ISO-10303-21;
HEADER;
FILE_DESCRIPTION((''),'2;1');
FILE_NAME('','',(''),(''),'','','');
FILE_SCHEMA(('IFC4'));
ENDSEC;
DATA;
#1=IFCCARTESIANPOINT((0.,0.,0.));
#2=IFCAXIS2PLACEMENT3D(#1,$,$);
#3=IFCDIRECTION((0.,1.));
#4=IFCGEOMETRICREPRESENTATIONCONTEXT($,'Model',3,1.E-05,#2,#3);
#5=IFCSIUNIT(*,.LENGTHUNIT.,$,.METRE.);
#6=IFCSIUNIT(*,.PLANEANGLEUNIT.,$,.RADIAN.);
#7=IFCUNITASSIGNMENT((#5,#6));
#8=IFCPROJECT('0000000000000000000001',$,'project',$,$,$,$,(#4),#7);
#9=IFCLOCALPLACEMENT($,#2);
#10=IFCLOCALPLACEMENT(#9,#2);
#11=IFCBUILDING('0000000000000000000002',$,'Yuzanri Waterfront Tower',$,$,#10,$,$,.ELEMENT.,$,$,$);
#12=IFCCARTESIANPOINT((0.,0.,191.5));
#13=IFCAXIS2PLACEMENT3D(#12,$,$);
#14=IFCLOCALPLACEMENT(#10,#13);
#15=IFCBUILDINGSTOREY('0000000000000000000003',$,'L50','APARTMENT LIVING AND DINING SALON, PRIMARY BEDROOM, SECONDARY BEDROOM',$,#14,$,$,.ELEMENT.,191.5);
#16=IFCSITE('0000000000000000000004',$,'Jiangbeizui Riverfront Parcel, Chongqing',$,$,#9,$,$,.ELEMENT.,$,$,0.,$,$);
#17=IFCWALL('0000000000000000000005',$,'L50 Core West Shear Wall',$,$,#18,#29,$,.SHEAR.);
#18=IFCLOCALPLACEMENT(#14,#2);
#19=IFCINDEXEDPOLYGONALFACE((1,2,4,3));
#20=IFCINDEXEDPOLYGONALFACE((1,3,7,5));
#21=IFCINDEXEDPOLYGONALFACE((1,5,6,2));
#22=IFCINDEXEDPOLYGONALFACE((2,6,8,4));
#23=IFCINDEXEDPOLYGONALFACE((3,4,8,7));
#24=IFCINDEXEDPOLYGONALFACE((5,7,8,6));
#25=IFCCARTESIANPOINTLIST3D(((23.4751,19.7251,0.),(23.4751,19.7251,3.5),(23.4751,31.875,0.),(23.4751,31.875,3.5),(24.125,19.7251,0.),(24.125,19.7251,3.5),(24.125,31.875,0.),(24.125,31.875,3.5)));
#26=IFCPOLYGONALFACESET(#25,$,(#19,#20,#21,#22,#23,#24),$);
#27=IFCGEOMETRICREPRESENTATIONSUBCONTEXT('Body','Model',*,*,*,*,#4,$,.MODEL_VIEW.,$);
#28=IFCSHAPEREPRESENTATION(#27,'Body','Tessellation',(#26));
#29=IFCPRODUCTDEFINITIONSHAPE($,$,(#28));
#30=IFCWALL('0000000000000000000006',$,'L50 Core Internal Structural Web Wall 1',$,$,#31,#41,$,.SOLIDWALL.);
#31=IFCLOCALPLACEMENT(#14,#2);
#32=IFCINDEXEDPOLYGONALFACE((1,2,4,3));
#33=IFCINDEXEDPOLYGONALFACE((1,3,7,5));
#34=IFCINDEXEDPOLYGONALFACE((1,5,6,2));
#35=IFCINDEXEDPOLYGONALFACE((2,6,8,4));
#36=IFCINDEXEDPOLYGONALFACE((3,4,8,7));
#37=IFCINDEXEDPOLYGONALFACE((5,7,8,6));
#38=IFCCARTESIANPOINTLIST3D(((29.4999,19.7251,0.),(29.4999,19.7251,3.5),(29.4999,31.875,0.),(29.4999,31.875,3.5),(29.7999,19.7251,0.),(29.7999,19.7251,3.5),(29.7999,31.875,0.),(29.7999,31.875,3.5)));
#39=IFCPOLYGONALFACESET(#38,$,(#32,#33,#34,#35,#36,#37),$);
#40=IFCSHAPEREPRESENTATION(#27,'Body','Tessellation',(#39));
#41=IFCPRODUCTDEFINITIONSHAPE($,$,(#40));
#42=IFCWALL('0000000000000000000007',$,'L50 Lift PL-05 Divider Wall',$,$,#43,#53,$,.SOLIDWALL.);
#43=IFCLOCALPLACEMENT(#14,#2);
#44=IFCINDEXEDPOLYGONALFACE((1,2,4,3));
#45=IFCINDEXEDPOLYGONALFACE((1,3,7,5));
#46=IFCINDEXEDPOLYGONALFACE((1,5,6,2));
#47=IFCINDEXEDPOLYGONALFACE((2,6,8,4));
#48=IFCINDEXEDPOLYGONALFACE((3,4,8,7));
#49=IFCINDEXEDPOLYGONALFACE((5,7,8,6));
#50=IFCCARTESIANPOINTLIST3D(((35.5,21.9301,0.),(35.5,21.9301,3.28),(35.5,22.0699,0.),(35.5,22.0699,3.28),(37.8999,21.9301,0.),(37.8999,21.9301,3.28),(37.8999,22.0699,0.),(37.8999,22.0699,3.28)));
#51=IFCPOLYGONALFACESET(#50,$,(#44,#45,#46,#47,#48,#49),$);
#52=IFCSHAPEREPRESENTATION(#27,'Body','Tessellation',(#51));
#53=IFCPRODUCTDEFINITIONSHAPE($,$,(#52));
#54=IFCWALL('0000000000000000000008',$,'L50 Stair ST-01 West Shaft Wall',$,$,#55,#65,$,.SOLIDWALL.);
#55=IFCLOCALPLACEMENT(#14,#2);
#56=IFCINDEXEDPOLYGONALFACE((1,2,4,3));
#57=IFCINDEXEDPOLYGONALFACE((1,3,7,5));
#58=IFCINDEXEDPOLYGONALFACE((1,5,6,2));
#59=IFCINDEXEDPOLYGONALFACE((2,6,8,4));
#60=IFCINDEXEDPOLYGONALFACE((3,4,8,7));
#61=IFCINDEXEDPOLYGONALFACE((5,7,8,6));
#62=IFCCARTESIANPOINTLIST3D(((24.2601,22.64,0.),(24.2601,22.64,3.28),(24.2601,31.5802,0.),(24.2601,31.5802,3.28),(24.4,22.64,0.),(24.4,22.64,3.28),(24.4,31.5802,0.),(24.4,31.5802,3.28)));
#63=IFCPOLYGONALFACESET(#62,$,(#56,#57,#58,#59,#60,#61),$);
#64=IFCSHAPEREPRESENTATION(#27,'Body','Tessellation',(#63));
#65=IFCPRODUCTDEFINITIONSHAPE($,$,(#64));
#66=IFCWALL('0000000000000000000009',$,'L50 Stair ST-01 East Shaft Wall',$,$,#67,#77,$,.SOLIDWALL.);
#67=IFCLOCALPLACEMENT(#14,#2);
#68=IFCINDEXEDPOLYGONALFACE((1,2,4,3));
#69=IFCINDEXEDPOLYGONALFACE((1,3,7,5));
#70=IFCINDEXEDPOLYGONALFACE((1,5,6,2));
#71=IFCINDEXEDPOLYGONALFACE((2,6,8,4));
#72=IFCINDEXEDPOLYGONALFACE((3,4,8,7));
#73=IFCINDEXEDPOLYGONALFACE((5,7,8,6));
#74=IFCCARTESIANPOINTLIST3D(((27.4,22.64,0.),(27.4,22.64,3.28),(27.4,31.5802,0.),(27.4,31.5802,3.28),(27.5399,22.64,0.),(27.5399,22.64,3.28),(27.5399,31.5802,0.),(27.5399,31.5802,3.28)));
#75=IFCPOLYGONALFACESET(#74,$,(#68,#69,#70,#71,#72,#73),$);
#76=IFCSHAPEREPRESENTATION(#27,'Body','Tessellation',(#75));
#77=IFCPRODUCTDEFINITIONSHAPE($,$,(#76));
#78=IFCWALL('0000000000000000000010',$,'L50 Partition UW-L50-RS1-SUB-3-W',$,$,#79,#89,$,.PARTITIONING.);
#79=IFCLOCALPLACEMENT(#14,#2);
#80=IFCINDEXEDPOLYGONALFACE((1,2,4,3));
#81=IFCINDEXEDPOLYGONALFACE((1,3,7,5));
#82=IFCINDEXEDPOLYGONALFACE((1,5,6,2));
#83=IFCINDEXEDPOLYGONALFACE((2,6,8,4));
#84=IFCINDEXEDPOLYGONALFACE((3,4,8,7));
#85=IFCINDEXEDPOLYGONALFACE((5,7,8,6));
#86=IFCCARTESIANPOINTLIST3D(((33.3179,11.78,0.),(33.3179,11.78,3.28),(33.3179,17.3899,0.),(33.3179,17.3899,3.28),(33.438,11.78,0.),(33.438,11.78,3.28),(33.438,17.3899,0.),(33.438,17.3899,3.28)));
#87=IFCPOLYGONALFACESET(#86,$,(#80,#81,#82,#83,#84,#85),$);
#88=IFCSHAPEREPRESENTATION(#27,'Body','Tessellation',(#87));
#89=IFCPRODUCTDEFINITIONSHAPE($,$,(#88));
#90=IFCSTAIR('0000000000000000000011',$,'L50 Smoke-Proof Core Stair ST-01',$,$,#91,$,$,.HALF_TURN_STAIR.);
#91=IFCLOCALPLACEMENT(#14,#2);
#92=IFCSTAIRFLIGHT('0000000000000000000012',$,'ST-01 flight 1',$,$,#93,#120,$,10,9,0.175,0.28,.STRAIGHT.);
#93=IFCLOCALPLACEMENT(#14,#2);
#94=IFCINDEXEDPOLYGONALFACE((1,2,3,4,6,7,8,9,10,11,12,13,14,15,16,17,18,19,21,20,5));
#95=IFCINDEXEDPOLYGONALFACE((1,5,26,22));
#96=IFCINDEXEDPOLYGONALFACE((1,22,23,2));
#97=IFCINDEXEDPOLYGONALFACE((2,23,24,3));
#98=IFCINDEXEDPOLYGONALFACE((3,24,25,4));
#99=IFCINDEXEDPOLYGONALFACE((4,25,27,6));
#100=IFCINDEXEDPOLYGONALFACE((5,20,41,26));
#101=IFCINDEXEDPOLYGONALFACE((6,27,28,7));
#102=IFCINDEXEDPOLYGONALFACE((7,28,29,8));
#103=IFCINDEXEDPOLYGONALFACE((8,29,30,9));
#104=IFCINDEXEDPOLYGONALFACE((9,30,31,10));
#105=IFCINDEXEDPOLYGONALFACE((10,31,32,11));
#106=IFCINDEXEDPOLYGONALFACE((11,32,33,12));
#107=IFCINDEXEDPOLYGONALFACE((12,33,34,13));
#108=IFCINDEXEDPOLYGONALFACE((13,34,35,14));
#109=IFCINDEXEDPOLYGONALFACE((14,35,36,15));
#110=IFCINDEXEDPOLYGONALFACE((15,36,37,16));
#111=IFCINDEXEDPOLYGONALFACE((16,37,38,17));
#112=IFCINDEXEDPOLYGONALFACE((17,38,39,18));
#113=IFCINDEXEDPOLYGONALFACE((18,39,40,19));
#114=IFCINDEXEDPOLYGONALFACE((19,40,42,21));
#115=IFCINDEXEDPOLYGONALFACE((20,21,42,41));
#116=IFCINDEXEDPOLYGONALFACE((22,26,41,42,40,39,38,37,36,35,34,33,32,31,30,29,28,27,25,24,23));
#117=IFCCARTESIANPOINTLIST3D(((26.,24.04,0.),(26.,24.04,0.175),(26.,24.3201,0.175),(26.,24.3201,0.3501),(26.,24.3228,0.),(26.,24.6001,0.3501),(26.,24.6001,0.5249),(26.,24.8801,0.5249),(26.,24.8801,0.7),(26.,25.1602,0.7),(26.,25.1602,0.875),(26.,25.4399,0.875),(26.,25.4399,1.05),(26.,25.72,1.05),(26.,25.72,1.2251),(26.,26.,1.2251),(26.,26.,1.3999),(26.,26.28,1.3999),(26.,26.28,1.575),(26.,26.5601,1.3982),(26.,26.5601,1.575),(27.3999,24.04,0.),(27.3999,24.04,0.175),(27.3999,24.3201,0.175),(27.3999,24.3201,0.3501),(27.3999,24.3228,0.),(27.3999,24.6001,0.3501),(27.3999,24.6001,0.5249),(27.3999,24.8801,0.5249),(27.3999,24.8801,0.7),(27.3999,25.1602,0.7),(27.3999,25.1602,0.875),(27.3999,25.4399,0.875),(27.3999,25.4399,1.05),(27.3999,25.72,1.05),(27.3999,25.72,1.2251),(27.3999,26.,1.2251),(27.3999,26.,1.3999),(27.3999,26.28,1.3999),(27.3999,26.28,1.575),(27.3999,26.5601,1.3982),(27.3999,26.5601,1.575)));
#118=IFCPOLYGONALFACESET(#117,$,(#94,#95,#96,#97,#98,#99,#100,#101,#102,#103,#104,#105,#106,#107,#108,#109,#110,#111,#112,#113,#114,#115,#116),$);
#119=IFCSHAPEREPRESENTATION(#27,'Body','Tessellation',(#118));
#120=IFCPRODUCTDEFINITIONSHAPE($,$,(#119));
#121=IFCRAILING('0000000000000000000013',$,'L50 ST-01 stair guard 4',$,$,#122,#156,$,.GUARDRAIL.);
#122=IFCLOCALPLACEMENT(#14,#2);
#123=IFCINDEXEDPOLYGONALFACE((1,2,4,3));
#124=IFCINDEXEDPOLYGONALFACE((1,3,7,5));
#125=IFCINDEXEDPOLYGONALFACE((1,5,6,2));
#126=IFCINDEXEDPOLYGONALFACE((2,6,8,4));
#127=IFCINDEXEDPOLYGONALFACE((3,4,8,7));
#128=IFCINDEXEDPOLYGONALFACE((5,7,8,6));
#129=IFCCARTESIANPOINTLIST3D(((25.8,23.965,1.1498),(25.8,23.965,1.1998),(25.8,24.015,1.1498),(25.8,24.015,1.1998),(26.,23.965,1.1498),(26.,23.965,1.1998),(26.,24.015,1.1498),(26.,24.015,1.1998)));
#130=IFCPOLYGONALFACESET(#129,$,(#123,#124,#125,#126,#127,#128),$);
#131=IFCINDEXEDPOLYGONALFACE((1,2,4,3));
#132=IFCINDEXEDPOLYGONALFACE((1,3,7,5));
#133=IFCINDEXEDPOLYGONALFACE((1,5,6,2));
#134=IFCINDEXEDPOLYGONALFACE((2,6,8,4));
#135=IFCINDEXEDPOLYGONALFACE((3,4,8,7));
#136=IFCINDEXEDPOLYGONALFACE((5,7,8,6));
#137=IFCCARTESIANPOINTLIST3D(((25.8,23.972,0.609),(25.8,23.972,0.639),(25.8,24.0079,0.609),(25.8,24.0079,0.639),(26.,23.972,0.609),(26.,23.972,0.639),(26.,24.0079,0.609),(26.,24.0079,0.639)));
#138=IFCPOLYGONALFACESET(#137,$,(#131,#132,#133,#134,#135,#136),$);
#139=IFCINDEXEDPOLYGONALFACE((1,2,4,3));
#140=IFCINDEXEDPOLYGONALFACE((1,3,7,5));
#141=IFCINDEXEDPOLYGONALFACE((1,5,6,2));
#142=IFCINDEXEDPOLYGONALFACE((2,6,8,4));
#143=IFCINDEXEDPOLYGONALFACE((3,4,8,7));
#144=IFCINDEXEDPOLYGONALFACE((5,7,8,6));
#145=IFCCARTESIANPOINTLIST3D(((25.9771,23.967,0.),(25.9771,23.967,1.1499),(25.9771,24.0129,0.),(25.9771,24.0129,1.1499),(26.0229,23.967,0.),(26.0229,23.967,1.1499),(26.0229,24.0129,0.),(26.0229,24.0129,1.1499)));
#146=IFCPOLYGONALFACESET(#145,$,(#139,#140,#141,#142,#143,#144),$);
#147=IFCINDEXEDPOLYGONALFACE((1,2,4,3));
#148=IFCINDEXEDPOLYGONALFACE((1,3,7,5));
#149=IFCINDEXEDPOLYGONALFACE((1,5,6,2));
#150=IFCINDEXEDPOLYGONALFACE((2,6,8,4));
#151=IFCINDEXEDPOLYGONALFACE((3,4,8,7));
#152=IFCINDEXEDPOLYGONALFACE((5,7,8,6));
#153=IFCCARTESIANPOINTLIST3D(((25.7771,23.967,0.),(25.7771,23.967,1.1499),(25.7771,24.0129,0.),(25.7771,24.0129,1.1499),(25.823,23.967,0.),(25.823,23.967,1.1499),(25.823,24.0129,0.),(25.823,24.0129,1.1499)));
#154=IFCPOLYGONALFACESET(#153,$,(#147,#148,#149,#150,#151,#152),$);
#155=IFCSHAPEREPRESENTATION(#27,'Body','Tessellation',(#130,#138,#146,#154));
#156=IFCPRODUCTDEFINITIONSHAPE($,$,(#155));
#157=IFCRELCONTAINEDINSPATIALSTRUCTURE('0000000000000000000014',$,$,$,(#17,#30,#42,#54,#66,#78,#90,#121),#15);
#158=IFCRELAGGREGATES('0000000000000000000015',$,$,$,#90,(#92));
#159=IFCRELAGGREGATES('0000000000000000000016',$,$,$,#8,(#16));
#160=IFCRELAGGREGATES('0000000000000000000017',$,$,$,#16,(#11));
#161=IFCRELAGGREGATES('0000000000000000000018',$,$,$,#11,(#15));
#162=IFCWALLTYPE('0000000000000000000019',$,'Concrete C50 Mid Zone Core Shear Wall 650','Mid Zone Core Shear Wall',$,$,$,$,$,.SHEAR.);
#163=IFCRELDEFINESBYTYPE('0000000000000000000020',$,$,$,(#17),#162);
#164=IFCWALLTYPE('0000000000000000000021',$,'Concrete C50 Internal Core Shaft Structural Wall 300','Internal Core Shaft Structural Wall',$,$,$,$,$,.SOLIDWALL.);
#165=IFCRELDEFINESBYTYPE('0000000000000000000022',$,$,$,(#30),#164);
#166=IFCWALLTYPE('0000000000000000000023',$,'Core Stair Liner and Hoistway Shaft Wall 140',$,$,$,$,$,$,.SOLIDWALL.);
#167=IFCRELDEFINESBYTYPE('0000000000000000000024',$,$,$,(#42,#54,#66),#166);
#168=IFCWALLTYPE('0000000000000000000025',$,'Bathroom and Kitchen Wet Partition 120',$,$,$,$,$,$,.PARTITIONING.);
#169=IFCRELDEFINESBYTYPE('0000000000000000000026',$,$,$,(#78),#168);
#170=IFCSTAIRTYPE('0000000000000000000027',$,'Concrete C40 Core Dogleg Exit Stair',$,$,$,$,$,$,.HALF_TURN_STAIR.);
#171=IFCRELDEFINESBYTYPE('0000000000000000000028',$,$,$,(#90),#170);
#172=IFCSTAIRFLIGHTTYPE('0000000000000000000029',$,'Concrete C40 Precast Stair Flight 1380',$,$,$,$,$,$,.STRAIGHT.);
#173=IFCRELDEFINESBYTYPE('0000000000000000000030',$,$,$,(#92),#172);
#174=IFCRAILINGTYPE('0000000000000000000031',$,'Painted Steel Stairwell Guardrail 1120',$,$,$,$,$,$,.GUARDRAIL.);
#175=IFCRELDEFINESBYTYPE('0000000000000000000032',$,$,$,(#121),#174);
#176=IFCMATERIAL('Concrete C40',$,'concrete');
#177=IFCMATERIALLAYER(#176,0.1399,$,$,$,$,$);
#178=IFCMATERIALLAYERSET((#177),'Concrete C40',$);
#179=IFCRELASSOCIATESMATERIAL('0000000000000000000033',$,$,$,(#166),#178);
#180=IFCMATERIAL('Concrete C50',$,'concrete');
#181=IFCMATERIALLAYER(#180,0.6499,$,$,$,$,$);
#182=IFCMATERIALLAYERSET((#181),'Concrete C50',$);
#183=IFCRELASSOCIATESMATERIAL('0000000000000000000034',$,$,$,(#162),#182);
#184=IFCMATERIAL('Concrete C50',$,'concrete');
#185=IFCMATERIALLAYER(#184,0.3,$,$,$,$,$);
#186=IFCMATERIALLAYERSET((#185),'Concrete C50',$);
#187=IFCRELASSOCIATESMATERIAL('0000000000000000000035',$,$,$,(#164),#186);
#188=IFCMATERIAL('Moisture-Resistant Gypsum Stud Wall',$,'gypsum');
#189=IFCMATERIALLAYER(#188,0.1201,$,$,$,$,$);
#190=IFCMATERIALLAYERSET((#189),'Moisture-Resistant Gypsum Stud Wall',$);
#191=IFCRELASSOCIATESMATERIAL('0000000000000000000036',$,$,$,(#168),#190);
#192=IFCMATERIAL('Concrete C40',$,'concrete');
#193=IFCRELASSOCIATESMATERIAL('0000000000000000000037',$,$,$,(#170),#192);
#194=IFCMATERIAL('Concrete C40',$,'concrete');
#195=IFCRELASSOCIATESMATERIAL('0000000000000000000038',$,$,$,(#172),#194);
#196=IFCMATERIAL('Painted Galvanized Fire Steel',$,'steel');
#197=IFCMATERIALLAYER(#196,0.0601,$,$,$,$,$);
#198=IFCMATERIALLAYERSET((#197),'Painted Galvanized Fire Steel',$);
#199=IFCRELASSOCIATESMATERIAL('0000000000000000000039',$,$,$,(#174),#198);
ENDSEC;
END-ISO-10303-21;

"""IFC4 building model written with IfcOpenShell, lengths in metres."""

from ifc_helpers import new_model, si_unit, direction, frame, frame_2d, origin, origin_2d, place, context, subcontext, project, spatial, polyline, rectangle, outline, extrude, source, transform, mapped, material, layer, layer_set, type_object, element, aggregate, save


model = new_model("IFC4")

# Units and contexts
model_context = context("Model", 3, precision=1e-05, world=origin(), true_north=direction((0.0, 1.0)))
body_context = subcontext(model_context, "Body", "Model", "MODEL_VIEW")
ifc_project = project(units=[si_unit("LENGTHUNIT", "METRE"), si_unit("PLANEANGLEUNIT", "RADIAN")], contexts=[model_context])

# Site, building, storey
site_placement = place(None, origin())
site = spatial("IfcSite", under=ifc_project, at=site_placement, Name="Jiangbeizui Riverfront Parcel, Chongqing", CompositionType="ELEMENT", RefElevation=0.0)
building_placement = place(site_placement, origin())
building = spatial("IfcBuilding", under=site, at=building_placement, Name="Yuzanri Waterfront Tower", CompositionType="ELEMENT")
storey_placement = place(building_placement, frame((0.0, 0.0, 191.5)))
storey = spatial("IfcBuildingStorey", under=building, at=storey_placement, Name="L50", Description="APARTMENT LIVING AND DINING SALON, PRIMARY BEDROOM, SECONDARY BEDROOM", CompositionType="ELEMENT", Elevation=191.5)

# Shared definitions
ifc_material_1 = material(Name="Concrete C40", Category="concrete")
ifc_layer_1 = layer(ifc_material_1, 0.1399)
ifc_layer_set_1 = layer_set([ifc_layer_1], Name="Concrete C40")
wall_type_1 = type_object("IfcWallType", Name="Core Stair Liner and Hoistway Shaft Wall 140", PredefinedType="SOLIDWALL", material=ifc_layer_set_1)

# Walls
ifc_material_2 = material(Name="Concrete C50", Category="concrete")
ifc_layer_2 = layer(ifc_material_2, 0.6499)
ifc_layer_set_2 = layer_set([ifc_layer_2], Name="Concrete C50")
wall_type_2 = type_object("IfcWallType", Name="Concrete C50 Mid Zone Core Shear Wall 650", Description="Mid Zone Core Shear Wall", PredefinedType="SHEAR", material=ifc_layer_set_2)
shared_shape_1 = source(origin(), body_context, "Body", "SweptSolid", [
    extrude(rectangle(XDim=12.1499, YDim=0.6499, at=frame_2d((6.075, 0.0))), origin(), (0.0, 0.0, 1.0), 3.5),
])
wall_1_placement = place(storey_placement, frame((23.8, 19.7251, 0.0), z_axis=(0.0, 0.0, 1.0), x_axis=(0.0, 1.0, 0.0)))
element("IfcWall", 1, at=wall_1_placement, inside=storey, type_object=wall_type_2, Name="L50 Core West Shear Wall", PredefinedType="SHEAR", context=body_context, shape_type="MappedRepresentation", body=[
    mapped(shared_shape_1, transform((0.0, 0.0, 0.0), scale=1.0)),
])
ifc_material_3 = material(Name="Concrete C50", Category="concrete")
ifc_layer_3 = layer(ifc_material_3, 0.3)
ifc_layer_set_3 = layer_set([ifc_layer_3], Name="Concrete C50")
wall_type_3 = type_object("IfcWallType", Name="Concrete C50 Internal Core Shaft Structural Wall 300", Description="Internal Core Shaft Structural Wall", PredefinedType="SOLIDWALL", material=ifc_layer_set_3)
shared_shape_2 = source(origin(), body_context, "Body", "SweptSolid", [
    extrude(rectangle(XDim=12.1499, YDim=0.3, at=frame_2d((6.075, 0.0))), origin(), (0.0, 0.0, 1.0), 3.5),
])
wall_2_placement = place(storey_placement, frame((29.6499, 19.7251, 0.0), z_axis=(0.0, 0.0, 1.0), x_axis=(0.0, 1.0, 0.0)))
element("IfcWall", 2, at=wall_2_placement, inside=storey, type_object=wall_type_3, Name="L50 Core Internal Structural Web Wall 1", PredefinedType="SOLIDWALL", context=body_context, shape_type="MappedRepresentation", body=[
    mapped(shared_shape_2, transform((0.0, 0.0, 0.0), scale=1.0)),
])
shared_shape_3 = source(origin(), body_context, "Body", "SweptSolid", [
    extrude(rectangle(XDim=2.3999, YDim=0.1399, at=frame_2d((1.2, 0.0))), origin(), (0.0, 0.0, 1.0), 3.28),
])
wall_3_placement = place(storey_placement, frame((35.5, 22.0, 0.0), z_axis=(0.0, 0.0, 1.0), x_axis=(1.0, 0.0, 0.0)))
element("IfcWall", 3, at=wall_3_placement, inside=storey, type_object=wall_type_1, Name="L50 Lift PL-05 Divider Wall", PredefinedType="SOLIDWALL", context=body_context, shape_type="MappedRepresentation", body=[
    mapped(shared_shape_3, transform((0.0, 0.0, 0.0), scale=1.0)),
])
shared_shape_4 = source(origin(), body_context, "Body", "SweptSolid", [
    extrude(rectangle(XDim=8.9402, YDim=0.1399, at=frame_2d((4.4702, 0.0))), origin(), (0.0, 0.0, 1.0), 3.28),
])
for number, where, z_axis, x_axis, name in (
    (4, (24.3301, 22.6399, 0.0), (0.0, 0.0, 1.0), (0.0, 1.0, 0.0), "L50 Stair ST-01 West Shaft Wall"),
    (5, (27.47, 22.6399, 0.0), (0.0, 0.0, 1.0), (0.0, 1.0, 0.0), "L50 Stair ST-01 East Shaft Wall"),
):
    element("IfcWall", number, at=place(storey_placement, frame(where, z_axis=z_axis, x_axis=x_axis)), inside=storey, type_object=wall_type_1, Name=name, PredefinedType="SOLIDWALL", context=body_context, shape_type="MappedRepresentation", body=[
        mapped(shared_shape_4, transform((0.0, 0.0, 0.0), scale=1.0)),
    ])
ifc_material_4 = material(Name="Moisture-Resistant Gypsum Stud Wall", Category="gypsum")
ifc_layer_4 = layer(ifc_material_4, 0.1201)
ifc_layer_set_4 = layer_set([ifc_layer_4], Name="Moisture-Resistant Gypsum Stud Wall")
wall_type_4 = type_object("IfcWallType", Name="Bathroom and Kitchen Wet Partition 120", PredefinedType="PARTITIONING", material=ifc_layer_set_4)
shared_shape_5 = source(origin(), body_context, "Body", "SweptSolid", [
    extrude(rectangle(XDim=5.6099, YDim=0.1201, at=frame_2d((2.8049, 0.0))), origin(), (0.0, 0.0, 1.0), 3.28),
])
wall_4_placement = place(storey_placement, frame((33.3779, 11.78, 0.0), z_axis=(0.0, 0.0, 1.0), x_axis=(0.0, 1.0, 0.0)))
element("IfcWall", 6, at=wall_4_placement, inside=storey, type_object=wall_type_4, Name="L50 Partition UW-L50-RS1-SUB-3-W", PredefinedType="PARTITIONING", context=body_context, shape_type="MappedRepresentation", body=[
    mapped(shared_shape_5, transform((0.0, 0.0, 0.0), scale=1.0)),
])

# Stair, stair flight
ifc_material_5 = material(Name="Concrete C40", Category="concrete")
stair_type = type_object("IfcStairType", Name="Concrete C40 Core Dogleg Exit Stair", PredefinedType="HALF_TURN_STAIR", material=ifc_material_5)
stair_placement = place(storey_placement, origin())
stair = element("IfcStair", 7, at=stair_placement, inside=storey, type_object=stair_type, Name="L50 Smoke-Proof Core Stair ST-01", PredefinedType="HALF_TURN_STAIR")
ifc_material_6 = material(Name="Concrete C40", Category="concrete")
stair_flight_type = type_object("IfcStairFlightType", Name="Concrete C40 Precast Stair Flight 1380", PredefinedType="STRAIGHT", material=ifc_material_6)
shared_shape_6 = source(origin(), body_context, "Body", "SweptSolid", [
    extrude(outline(polyline([(0.0, 0.0), (0.0, 0.175), (0.28, 0.175), (0.28, 0.3501), (0.5601, 0.3501), (0.5601, 0.5249), (0.8401, 0.5249), (0.8401, 0.7), (1.1201, 0.7), (1.1201, 0.875), (1.3999, 0.875), (1.3999, 1.05), (1.6799, 1.05), (1.6799, 1.2251), (1.96, 1.2251), (1.96, 1.3999), (2.24, 1.3999), (2.24, 1.575), (2.52, 1.575), (2.52, 1.75), (2.52, 1.3982), (0.2827, 0.0), (0.0, 0.0)])), frame((0.0, 0.7, 0.0), z_axis=(0.0, -1.0, 0.0), x_axis=(1.0, 0.0, 0.0)), (0.0, 0.0, 1.0), 1.3999),
])
stair_flight_placement = place(storey_placement, frame((26.7, 24.04, 0.0), z_axis=(0.0, 0.0, 1.0), x_axis=(0.0, 1.0, 0.0)))
stair_flight = element("IfcStairFlight", 8, at=stair_flight_placement, type_object=stair_flight_type, Name="ST-01 flight 1", NumberOfRisers=10, NumberOfTreads=9, PredefinedType="STRAIGHT", RiserHeight=0.175, TreadLength=0.28, context=body_context, shape_type="MappedRepresentation", body=[
    mapped(shared_shape_6, transform((0.0, 0.0, 0.0), scale=1.0)),
])
aggregate(stair, [stair_flight])

# Railing
ifc_material_7 = material(Name="Painted Galvanized Fire Steel", Category="steel")
ifc_layer_5 = layer(ifc_material_7, 0.0601)
ifc_layer_set_5 = layer_set([ifc_layer_5], Name="Painted Galvanized Fire Steel")
railing_type_1 = type_object("IfcRailingType", Name="Painted Steel Stairwell Guardrail 1120", PredefinedType="GUARDRAIL", material=ifc_layer_set_5)
shared_shape_7 = source(origin(), body_context, "Body", "SweptSolid", [
    extrude(rectangle(XDim=0.05, YDim=0.05, at=origin_2d()), frame((0.0, 0.0, 1.1748), z_axis=(-1.0, 0.0, 0.0), x_axis=(0.0, -1.0, 0.0)), (0.0, 0.0, 1.0), 0.2),
    extrude(rectangle(XDim=0.0359, YDim=0.03, at=origin_2d()), frame((0.0, 0.0, 0.624), z_axis=(-1.0, 0.0, 0.0), x_axis=(0.0, -1.0, 0.0)), (0.0, 0.0, 1.0), 0.2),
    extrude(rectangle(XDim=0.0459, YDim=0.0459, at=origin_2d()), origin(), (0.0, 0.0, 1.0), 1.1499),
    extrude(rectangle(XDim=0.0459, YDim=0.0459, at=origin_2d()), frame((-0.2, 0.0, 0.0)), (0.0, 0.0, 1.0), 1.1499),
])
railing_1_placement = place(storey_placement, frame((26.0, 23.99, 0.0)))
element("IfcRailing", 9, at=railing_1_placement, inside=storey, type_object=railing_type_1, Name="L50 ST-01 stair guard 4", PredefinedType="GUARDRAIL", context=body_context, shape_type="MappedRepresentation", body=[
    mapped(shared_shape_7, transform((0.0, 0.0, 0.0), scale=1.0)),
])

save(model, "model.ifc")
